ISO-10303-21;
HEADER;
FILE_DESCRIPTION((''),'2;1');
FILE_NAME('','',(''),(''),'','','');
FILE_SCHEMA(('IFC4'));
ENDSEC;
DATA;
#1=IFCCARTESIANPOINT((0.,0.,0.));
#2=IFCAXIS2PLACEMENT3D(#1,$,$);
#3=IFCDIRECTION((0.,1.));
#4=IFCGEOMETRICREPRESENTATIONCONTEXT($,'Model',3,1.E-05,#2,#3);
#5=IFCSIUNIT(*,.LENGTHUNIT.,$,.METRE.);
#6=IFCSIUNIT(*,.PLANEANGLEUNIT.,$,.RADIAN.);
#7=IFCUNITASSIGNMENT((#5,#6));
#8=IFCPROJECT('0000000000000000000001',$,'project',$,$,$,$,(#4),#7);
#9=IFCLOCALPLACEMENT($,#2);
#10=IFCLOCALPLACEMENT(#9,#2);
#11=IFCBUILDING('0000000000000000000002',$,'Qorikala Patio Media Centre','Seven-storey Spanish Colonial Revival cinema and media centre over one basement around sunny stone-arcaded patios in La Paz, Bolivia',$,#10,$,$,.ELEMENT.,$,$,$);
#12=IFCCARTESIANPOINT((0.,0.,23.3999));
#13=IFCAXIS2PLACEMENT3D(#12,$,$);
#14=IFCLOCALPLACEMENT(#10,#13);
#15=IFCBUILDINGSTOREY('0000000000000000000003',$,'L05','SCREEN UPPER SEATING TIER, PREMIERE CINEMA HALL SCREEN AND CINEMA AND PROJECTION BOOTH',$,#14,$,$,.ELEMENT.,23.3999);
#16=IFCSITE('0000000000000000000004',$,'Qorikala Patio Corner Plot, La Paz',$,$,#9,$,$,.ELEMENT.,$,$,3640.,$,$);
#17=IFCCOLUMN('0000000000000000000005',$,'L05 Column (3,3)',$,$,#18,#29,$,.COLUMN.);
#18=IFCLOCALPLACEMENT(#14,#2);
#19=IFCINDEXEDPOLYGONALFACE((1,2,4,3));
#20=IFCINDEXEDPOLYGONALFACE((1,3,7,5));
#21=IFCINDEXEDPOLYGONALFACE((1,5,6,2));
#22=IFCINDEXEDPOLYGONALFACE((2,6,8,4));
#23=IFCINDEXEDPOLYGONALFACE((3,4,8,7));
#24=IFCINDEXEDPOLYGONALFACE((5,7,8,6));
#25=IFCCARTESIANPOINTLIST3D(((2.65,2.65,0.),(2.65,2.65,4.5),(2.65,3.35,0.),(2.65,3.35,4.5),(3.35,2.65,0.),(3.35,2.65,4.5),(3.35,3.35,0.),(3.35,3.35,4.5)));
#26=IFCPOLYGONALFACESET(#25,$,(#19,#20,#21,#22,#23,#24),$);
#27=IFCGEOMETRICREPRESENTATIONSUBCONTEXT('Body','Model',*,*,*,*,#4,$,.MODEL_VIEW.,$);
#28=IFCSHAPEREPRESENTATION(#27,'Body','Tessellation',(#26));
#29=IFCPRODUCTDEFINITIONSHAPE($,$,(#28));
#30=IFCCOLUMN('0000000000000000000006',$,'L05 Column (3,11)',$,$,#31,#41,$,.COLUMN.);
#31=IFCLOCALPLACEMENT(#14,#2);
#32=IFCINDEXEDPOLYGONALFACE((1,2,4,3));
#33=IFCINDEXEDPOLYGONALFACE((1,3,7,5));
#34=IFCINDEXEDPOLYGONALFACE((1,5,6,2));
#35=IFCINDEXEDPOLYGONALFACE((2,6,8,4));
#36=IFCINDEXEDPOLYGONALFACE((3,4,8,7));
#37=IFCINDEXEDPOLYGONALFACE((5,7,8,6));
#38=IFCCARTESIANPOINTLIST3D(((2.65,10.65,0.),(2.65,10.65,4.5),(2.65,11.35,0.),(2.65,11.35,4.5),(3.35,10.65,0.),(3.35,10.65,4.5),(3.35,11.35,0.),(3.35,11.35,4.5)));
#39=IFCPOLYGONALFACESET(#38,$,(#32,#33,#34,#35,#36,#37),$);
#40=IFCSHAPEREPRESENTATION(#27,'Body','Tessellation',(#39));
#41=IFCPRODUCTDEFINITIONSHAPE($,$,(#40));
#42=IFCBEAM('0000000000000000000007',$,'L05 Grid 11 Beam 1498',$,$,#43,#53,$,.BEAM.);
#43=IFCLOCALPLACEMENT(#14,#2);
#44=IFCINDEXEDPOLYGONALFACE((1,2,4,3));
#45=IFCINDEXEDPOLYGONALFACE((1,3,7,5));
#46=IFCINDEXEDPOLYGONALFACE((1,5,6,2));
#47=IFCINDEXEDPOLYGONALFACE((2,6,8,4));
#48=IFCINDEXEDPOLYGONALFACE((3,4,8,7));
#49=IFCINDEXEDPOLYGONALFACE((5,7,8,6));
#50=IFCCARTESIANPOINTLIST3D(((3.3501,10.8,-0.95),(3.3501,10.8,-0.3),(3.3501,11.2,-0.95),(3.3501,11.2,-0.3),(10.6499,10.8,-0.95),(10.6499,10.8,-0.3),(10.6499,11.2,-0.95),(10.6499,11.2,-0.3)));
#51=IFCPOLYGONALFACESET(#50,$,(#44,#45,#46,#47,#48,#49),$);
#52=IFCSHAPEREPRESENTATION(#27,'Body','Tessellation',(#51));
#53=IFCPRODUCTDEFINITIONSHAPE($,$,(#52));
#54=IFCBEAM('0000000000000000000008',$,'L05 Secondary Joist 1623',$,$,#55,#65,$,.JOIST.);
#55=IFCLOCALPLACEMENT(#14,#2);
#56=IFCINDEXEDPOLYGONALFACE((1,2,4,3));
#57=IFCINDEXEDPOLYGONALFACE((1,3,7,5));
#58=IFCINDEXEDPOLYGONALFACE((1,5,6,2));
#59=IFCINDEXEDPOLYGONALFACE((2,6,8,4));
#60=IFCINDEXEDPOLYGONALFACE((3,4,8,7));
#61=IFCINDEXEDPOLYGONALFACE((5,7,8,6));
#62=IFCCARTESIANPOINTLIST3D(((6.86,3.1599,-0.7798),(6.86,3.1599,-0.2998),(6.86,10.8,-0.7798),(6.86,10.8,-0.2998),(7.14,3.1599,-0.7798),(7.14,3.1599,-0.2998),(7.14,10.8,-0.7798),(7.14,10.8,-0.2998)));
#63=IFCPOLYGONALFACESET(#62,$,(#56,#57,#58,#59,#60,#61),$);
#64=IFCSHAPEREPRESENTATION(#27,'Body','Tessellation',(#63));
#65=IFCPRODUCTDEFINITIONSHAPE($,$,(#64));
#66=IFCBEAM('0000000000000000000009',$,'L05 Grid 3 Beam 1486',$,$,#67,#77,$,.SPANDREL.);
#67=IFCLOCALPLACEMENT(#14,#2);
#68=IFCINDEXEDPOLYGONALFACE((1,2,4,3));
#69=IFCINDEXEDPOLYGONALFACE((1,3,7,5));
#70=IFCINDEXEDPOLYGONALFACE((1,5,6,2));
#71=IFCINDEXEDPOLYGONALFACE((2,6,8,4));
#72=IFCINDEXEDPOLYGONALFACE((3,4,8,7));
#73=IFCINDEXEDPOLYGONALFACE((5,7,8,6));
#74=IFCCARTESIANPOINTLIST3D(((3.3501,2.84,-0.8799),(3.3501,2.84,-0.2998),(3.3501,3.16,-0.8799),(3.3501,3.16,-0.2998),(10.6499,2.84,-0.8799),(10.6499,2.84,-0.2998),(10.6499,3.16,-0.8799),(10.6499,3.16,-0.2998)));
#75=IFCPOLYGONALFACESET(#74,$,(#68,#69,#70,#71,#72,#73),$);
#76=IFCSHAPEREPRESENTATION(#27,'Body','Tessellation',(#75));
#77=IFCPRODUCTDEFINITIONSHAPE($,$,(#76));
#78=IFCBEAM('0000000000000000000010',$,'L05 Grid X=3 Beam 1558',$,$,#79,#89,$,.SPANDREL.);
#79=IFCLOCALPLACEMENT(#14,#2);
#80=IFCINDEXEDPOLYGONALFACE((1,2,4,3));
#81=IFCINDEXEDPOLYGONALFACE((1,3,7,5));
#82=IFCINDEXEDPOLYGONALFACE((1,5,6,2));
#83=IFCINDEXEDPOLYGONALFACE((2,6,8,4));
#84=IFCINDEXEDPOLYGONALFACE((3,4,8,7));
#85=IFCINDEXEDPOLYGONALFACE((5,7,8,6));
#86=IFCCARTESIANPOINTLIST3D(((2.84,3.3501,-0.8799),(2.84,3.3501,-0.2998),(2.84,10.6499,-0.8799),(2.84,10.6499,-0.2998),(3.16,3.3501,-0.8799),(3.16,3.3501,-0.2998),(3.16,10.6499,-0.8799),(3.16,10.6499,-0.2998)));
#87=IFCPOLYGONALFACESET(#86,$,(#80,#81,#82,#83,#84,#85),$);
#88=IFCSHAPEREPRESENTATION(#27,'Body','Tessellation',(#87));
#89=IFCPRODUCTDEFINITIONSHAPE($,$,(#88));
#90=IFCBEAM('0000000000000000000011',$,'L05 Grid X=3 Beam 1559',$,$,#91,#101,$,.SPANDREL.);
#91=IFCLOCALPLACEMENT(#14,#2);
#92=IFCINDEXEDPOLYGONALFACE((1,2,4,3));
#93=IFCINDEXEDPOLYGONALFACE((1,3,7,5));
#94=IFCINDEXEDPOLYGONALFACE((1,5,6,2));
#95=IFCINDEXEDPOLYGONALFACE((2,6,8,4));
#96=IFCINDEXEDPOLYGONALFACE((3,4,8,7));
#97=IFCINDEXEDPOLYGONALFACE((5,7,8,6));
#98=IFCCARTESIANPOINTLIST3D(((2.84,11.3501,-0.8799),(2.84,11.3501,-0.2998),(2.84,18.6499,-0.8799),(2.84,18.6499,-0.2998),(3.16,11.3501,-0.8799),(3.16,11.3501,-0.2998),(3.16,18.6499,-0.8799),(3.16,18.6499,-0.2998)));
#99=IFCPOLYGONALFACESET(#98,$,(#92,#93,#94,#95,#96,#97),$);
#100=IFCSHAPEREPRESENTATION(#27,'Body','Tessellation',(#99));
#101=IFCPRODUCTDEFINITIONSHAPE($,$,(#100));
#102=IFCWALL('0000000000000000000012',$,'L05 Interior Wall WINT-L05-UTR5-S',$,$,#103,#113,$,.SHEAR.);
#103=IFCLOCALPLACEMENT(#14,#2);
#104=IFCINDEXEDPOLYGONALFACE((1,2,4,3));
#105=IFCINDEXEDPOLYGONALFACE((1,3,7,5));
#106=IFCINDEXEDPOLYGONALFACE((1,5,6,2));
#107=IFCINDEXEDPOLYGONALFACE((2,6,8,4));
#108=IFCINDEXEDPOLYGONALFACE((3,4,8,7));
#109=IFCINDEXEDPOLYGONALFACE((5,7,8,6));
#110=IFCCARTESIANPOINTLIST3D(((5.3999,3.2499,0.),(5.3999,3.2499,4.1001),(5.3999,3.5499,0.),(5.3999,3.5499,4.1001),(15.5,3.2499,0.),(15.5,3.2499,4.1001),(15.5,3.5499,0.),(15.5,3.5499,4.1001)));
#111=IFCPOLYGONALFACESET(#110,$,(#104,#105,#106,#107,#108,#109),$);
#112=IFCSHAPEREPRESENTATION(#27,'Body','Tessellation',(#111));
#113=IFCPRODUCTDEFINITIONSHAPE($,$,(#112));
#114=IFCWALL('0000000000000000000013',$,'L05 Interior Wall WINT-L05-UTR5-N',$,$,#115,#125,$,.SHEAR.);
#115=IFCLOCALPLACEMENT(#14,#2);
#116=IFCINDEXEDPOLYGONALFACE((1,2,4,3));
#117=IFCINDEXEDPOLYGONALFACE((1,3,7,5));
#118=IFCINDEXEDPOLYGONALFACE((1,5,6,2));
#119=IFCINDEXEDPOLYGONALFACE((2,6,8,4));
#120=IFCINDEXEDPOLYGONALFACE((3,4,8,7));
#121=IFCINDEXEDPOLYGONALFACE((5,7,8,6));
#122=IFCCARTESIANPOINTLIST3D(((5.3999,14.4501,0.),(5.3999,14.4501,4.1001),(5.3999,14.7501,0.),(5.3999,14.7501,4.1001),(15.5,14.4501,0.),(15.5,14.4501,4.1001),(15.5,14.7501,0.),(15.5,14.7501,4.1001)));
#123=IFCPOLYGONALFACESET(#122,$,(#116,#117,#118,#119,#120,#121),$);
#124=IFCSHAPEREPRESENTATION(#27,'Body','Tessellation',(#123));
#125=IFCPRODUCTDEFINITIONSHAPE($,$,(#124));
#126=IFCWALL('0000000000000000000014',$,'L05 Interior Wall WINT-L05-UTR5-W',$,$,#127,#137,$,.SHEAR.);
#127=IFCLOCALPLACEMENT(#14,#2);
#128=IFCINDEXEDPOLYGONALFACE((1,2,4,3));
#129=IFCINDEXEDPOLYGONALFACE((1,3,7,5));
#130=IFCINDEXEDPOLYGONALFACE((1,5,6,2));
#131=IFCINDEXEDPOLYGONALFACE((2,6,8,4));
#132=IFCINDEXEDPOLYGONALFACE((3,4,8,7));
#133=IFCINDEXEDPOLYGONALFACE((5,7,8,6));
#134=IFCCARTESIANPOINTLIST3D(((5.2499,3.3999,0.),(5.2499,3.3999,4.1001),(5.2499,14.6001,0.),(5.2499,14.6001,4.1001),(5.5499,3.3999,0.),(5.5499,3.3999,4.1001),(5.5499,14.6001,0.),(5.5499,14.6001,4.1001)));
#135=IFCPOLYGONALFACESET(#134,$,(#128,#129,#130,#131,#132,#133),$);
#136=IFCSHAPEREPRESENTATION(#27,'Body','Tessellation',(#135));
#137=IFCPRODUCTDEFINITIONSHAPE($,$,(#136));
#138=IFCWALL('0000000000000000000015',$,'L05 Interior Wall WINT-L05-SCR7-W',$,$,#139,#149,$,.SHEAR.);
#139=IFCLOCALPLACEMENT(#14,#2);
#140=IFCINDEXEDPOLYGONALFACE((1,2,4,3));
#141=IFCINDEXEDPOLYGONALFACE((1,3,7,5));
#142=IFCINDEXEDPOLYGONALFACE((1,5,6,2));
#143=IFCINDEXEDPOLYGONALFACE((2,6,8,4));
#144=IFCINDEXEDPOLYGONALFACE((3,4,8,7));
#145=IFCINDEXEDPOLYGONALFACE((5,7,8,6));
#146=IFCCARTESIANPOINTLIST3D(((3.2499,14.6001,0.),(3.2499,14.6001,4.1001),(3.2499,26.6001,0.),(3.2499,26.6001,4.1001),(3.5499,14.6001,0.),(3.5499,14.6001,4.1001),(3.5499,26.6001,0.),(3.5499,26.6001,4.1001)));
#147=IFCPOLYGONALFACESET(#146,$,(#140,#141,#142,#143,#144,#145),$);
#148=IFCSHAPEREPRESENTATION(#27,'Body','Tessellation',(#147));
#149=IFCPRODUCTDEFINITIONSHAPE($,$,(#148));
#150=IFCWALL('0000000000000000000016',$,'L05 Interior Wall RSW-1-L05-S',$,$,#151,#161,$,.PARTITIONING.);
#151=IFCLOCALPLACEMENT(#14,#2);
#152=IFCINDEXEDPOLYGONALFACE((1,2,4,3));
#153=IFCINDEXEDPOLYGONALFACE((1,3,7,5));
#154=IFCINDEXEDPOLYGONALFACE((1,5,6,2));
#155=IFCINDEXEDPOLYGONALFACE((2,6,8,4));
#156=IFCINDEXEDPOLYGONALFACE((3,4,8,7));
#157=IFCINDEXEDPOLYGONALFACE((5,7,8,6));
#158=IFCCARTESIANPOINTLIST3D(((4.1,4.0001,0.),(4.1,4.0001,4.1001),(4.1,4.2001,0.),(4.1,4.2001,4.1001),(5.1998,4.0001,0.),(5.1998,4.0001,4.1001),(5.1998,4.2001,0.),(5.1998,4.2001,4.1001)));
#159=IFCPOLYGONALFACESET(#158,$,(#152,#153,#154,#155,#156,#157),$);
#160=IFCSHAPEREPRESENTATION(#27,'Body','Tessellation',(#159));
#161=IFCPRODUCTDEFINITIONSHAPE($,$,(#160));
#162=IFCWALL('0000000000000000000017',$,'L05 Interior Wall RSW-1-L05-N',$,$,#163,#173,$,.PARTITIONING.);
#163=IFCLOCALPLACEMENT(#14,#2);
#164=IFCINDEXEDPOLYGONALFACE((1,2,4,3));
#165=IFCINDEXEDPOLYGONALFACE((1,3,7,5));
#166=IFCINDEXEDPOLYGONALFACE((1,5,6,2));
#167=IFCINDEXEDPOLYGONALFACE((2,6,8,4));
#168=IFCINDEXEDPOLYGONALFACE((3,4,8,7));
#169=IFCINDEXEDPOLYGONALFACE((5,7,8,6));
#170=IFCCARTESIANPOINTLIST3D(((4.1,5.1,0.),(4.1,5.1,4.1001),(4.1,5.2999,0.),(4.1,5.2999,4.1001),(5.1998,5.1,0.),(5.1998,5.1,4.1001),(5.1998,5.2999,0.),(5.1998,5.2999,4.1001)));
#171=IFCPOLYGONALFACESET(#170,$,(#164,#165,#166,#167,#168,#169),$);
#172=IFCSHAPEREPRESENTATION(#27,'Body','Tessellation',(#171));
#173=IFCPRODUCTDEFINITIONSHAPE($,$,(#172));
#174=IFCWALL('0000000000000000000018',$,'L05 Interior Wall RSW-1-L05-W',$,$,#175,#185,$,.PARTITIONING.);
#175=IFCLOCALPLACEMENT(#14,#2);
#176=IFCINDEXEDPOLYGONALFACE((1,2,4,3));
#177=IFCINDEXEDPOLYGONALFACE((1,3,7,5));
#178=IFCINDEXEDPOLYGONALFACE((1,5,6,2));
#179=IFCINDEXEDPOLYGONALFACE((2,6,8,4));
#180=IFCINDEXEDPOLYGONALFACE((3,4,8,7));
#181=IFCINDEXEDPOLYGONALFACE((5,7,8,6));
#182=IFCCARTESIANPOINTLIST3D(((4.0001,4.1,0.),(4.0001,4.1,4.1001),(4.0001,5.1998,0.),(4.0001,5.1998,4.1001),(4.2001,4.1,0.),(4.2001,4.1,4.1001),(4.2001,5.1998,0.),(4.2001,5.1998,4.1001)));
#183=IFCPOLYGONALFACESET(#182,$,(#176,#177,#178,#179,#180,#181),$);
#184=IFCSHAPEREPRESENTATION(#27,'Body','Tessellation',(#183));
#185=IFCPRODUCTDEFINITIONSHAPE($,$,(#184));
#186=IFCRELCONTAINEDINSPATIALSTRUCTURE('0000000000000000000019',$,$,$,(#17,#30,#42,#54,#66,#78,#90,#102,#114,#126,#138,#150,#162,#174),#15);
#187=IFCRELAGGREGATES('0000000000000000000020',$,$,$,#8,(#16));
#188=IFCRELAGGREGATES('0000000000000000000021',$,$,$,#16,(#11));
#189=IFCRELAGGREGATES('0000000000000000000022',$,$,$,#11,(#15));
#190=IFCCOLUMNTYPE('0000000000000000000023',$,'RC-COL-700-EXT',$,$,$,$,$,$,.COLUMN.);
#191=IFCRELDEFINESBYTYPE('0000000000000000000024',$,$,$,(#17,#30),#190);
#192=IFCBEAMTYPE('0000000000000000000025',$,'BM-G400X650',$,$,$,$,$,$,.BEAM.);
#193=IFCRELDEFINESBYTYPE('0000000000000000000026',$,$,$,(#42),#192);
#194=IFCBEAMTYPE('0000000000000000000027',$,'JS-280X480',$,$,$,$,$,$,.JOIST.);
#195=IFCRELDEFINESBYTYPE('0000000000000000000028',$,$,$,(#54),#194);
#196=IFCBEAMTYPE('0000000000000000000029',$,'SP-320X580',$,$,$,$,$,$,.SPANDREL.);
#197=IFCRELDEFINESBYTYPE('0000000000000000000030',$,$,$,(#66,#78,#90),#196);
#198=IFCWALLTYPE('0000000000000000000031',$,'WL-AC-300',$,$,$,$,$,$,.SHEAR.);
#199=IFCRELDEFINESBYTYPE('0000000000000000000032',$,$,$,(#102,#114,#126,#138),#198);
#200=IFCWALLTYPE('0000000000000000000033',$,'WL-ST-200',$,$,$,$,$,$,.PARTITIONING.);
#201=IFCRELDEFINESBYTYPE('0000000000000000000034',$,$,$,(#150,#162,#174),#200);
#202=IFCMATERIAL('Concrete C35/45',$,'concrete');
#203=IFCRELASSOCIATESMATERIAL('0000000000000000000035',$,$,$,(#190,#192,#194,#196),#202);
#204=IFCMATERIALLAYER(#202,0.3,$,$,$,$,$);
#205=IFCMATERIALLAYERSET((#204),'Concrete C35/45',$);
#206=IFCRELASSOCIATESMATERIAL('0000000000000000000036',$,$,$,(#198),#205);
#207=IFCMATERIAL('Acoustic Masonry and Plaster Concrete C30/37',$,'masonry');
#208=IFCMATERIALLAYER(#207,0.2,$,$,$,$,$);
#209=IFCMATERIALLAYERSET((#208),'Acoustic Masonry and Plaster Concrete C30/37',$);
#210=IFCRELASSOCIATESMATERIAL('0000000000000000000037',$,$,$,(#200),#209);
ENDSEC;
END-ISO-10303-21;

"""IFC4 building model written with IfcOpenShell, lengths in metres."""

from ifc_helpers import new_model, si_unit, direction, frame, frame_2d, origin, origin_2d, place, context, subcontext, project, spatial, rectangle, extrude, material, layer, layer_set, material_profile, profile_set, type_object, element, save


model = new_model("IFC4")

# Units and contexts
model_context = context("Model", 3, precision=1e-05, world=origin(), true_north=direction((0.0, 1.0)))
body_context = subcontext(model_context, "Body", "Model", "MODEL_VIEW")
ifc_project = project(units=[si_unit("LENGTHUNIT", "METRE"), si_unit("PLANEANGLEUNIT", "RADIAN")], contexts=[model_context])

# Site, building, storey
site_placement = place(None, origin())
site = spatial("IfcSite", under=ifc_project, at=site_placement, Name="Qorikala Patio Corner Plot, La Paz", CompositionType="ELEMENT", RefElevation=3640.0)
building_placement = place(site_placement, origin())
building = spatial("IfcBuilding", under=site, at=building_placement, Name="Qorikala Patio Media Centre", Description="Seven-storey Spanish Colonial Revival cinema and media centre over one basement around sunny stone-arcaded patios in La Paz, Bolivia", CompositionType="ELEMENT")
storey_placement = place(building_placement, frame((0.0, 0.0, 23.3999)))
storey = spatial("IfcBuildingStorey", under=building, at=storey_placement, Name="L05", Description="SCREEN UPPER SEATING TIER, PREMIERE CINEMA HALL SCREEN AND CINEMA AND PROJECTION BOOTH", CompositionType="ELEMENT", Elevation=23.3999)

# Columns
ifc_material_1 = material(Name="Concrete C35/45", Category="concrete")
ifc_material_profile_1 = material_profile(ifc_material_1, rectangle(XDim=0.7, YDim=0.7, at=origin_2d()), Name="RC 700x700")
ifc_profile_set_1 = profile_set([ifc_material_profile_1], Name="Concrete C35/45")
column_type = type_object("IfcColumnType", Name="RC-COL-700-EXT", PredefinedType="COLUMN", material=ifc_profile_set_1)
for number, where, z_axis, x_axis, name in (
    (1, (3.0, 3.0, 0.0), (0.0, 0.0, 1.0), (1.0, 0.0, 0.0), "L05 Column (3,3)"),
    (2, (3.0, 11.0, 0.0), (0.0, 0.0, 1.0), (1.0, 0.0, 0.0), "L05 Column (3,11)"),
):
    element("IfcColumn", number, at=place(storey_placement, frame(where, z_axis=z_axis, x_axis=x_axis)), inside=storey, type_object=column_type, Name=name, PredefinedType="COLUMN", context=body_context, shape_type="SweptSolid", body=[
        extrude(rectangle(XDim=0.7, YDim=0.7, at=origin_2d()), origin(), (0.0, 0.0, 1.0), 4.5),
    ])

# Beams
ifc_material_profile_2 = material_profile(ifc_material_1, rectangle(XDim=0.3999, YDim=0.6499, at=origin_2d()), Name="RC 400x650")
ifc_profile_set_2 = profile_set([ifc_material_profile_2], Name="Concrete C35/45")
beam_type_1 = type_object("IfcBeamType", Name="BM-G400X650", PredefinedType="BEAM", material=ifc_profile_set_2)
beam_1_placement = place(storey_placement, frame((3.3501, 11.0, -0.625), z_axis=(1.0, 0.0, 0.0), x_axis=(0.0, 1.0, 0.0)))
element("IfcBeam", 3, at=beam_1_placement, inside=storey, type_object=beam_type_1, Name="L05 Grid 11 Beam 1498", PredefinedType="BEAM", context=body_context, shape_type="SweptSolid", body=[
    extrude(rectangle(XDim=0.3999, YDim=0.6499, at=origin_2d()), origin(), (0.0, 0.0, 1.0), 7.2998),
])
ifc_material_profile_3 = material_profile(ifc_material_1, rectangle(XDim=0.28, YDim=0.48, at=origin_2d()), Name="RC 280x480")
ifc_profile_set_3 = profile_set([ifc_material_profile_3], Name="Concrete C35/45")
beam_type_2 = type_object("IfcBeamType", Name="JS-280X480", PredefinedType="JOIST", material=ifc_profile_set_3)
beam_2_placement = place(storey_placement, frame((7.0, 3.1599, -0.5398), z_axis=(0.0, 1.0, 0.0), x_axis=(-1.0, 0.0, 0.0)))
element("IfcBeam", 4, at=beam_2_placement, inside=storey, type_object=beam_type_2, Name="L05 Secondary Joist 1623", PredefinedType="JOIST", context=body_context, shape_type="SweptSolid", body=[
    extrude(rectangle(XDim=0.28, YDim=0.48, at=origin_2d()), origin(), (0.0, 0.0, 1.0), 7.6401),
])
ifc_material_profile_4 = material_profile(ifc_material_1, rectangle(XDim=0.3201, YDim=0.5801, at=origin_2d()), Name="RC 320x580")
ifc_profile_set_4 = profile_set([ifc_material_profile_4], Name="Concrete C35/45")
beam_type_3 = type_object("IfcBeamType", Name="SP-320X580", PredefinedType="SPANDREL", material=ifc_profile_set_4)
for number, where, z_axis, x_axis, name in (
    (5, (3.3501, 3.0, -0.5898), (1.0, 0.0, 0.0), (0.0, 1.0, 0.0), "L05 Grid 3 Beam 1486"),
    (6, (3.0, 3.3501, -0.5898), (0.0, 1.0, 0.0), (-1.0, 0.0, 0.0), "L05 Grid X=3 Beam 1558"),
    (7, (3.0, 11.3501, -0.5898), (0.0, 1.0, 0.0), (-1.0, 0.0, 0.0), "L05 Grid X=3 Beam 1559"),
):
    element("IfcBeam", number, at=place(storey_placement, frame(where, z_axis=z_axis, x_axis=x_axis)), inside=storey, type_object=beam_type_3, Name=name, PredefinedType="SPANDREL", context=body_context, shape_type="SweptSolid", body=[
        extrude(rectangle(XDim=0.3201, YDim=0.5801, at=origin_2d()), origin(), (0.0, 0.0, 1.0), 7.2998),
    ])

# Walls
ifc_layer_1 = layer(ifc_material_1, 0.3)
ifc_layer_set_1 = layer_set([ifc_layer_1], Name="Concrete C35/45")
wall_type_1 = type_object("IfcWallType", Name="WL-AC-300", PredefinedType="SHEAR", material=ifc_layer_set_1)
for number, where, z_axis, x_axis, name in (
    (8, (5.3999, 3.3999, 0.0), (0.0, 0.0, 1.0), (1.0, 0.0, 0.0), "L05 Interior Wall WINT-L05-UTR5-S"),
    (9, (5.3999, 14.6001, 0.0), (0.0, 0.0, 1.0), (1.0, 0.0, 0.0), "L05 Interior Wall WINT-L05-UTR5-N"),
):
    element("IfcWall", number, at=place(storey_placement, frame(where, z_axis=z_axis, x_axis=x_axis)), inside=storey, type_object=wall_type_1, Name=name, PredefinedType="SHEAR", context=body_context, shape_type="SweptSolid", body=[
        extrude(rectangle(XDim=10.1001, YDim=0.3, at=frame_2d((5.05, 0.0))), origin(), (0.0, 0.0, 1.0), 4.1001),
    ])
wall_1_placement = place(storey_placement, frame((5.3999, 3.3999, 0.0), z_axis=(0.0, 0.0, 1.0), x_axis=(0.0, 1.0, 0.0)))
element("IfcWall", 10, at=wall_1_placement, inside=storey, type_object=wall_type_1, Name="L05 Interior Wall WINT-L05-UTR5-W", PredefinedType="SHEAR", context=body_context, shape_type="SweptSolid", body=[
    extrude(rectangle(XDim=11.2002, YDim=0.3, at=frame_2d((5.6001, 0.0))), origin(), (0.0, 0.0, 1.0), 4.1001),
])
wall_2_placement = place(storey_placement, frame((3.3999, 14.6001, 0.0), z_axis=(0.0, 0.0, 1.0), x_axis=(0.0, 1.0, 0.0)))
element("IfcWall", 11, at=wall_2_placement, inside=storey, type_object=wall_type_1, Name="L05 Interior Wall WINT-L05-SCR7-W", PredefinedType="SHEAR", context=body_context, shape_type="SweptSolid", body=[
    extrude(rectangle(XDim=12.0, YDim=0.3, at=frame_2d((6.0, 0.0))), origin(), (0.0, 0.0, 1.0), 4.1001),
])
ifc_material_2 = material(Name="Acoustic Masonry and Plaster Concrete C30/37", Category="masonry")
ifc_layer_2 = layer(ifc_material_2, 0.2)
ifc_layer_set_2 = layer_set([ifc_layer_2], Name="Acoustic Masonry and Plaster Concrete C30/37")
wall_type_2 = type_object("IfcWallType", Name="WL-ST-200", PredefinedType="PARTITIONING", material=ifc_layer_set_2)
for number, where, z_axis, x_axis, name in (
    (12, (4.1001, 4.1001, 0.0), (0.0, 0.0, 1.0), (1.0, 0.0, 0.0), "L05 Interior Wall RSW-1-L05-S"),
    (13, (4.1001, 5.2, 0.0), (0.0, 0.0, 1.0), (1.0, 0.0, 0.0), "L05 Interior Wall RSW-1-L05-N"),
    (14, (4.1001, 4.1001, 0.0), (0.0, 0.0, 1.0), (0.0, 1.0, 0.0), "L05 Interior Wall RSW-1-L05-W"),
):
    element("IfcWall", number, at=place(storey_placement, frame(where, z_axis=z_axis, x_axis=x_axis)), inside=storey, type_object=wall_type_2, Name=name, PredefinedType="PARTITIONING", context=body_context, shape_type="SweptSolid", body=[
        extrude(rectangle(XDim=1.0999, YDim=0.2, at=frame_2d((0.5498, 0.0))), origin(), (0.0, 0.0, 1.0), 4.1001),
    ])

save(model, "model.ifc")
